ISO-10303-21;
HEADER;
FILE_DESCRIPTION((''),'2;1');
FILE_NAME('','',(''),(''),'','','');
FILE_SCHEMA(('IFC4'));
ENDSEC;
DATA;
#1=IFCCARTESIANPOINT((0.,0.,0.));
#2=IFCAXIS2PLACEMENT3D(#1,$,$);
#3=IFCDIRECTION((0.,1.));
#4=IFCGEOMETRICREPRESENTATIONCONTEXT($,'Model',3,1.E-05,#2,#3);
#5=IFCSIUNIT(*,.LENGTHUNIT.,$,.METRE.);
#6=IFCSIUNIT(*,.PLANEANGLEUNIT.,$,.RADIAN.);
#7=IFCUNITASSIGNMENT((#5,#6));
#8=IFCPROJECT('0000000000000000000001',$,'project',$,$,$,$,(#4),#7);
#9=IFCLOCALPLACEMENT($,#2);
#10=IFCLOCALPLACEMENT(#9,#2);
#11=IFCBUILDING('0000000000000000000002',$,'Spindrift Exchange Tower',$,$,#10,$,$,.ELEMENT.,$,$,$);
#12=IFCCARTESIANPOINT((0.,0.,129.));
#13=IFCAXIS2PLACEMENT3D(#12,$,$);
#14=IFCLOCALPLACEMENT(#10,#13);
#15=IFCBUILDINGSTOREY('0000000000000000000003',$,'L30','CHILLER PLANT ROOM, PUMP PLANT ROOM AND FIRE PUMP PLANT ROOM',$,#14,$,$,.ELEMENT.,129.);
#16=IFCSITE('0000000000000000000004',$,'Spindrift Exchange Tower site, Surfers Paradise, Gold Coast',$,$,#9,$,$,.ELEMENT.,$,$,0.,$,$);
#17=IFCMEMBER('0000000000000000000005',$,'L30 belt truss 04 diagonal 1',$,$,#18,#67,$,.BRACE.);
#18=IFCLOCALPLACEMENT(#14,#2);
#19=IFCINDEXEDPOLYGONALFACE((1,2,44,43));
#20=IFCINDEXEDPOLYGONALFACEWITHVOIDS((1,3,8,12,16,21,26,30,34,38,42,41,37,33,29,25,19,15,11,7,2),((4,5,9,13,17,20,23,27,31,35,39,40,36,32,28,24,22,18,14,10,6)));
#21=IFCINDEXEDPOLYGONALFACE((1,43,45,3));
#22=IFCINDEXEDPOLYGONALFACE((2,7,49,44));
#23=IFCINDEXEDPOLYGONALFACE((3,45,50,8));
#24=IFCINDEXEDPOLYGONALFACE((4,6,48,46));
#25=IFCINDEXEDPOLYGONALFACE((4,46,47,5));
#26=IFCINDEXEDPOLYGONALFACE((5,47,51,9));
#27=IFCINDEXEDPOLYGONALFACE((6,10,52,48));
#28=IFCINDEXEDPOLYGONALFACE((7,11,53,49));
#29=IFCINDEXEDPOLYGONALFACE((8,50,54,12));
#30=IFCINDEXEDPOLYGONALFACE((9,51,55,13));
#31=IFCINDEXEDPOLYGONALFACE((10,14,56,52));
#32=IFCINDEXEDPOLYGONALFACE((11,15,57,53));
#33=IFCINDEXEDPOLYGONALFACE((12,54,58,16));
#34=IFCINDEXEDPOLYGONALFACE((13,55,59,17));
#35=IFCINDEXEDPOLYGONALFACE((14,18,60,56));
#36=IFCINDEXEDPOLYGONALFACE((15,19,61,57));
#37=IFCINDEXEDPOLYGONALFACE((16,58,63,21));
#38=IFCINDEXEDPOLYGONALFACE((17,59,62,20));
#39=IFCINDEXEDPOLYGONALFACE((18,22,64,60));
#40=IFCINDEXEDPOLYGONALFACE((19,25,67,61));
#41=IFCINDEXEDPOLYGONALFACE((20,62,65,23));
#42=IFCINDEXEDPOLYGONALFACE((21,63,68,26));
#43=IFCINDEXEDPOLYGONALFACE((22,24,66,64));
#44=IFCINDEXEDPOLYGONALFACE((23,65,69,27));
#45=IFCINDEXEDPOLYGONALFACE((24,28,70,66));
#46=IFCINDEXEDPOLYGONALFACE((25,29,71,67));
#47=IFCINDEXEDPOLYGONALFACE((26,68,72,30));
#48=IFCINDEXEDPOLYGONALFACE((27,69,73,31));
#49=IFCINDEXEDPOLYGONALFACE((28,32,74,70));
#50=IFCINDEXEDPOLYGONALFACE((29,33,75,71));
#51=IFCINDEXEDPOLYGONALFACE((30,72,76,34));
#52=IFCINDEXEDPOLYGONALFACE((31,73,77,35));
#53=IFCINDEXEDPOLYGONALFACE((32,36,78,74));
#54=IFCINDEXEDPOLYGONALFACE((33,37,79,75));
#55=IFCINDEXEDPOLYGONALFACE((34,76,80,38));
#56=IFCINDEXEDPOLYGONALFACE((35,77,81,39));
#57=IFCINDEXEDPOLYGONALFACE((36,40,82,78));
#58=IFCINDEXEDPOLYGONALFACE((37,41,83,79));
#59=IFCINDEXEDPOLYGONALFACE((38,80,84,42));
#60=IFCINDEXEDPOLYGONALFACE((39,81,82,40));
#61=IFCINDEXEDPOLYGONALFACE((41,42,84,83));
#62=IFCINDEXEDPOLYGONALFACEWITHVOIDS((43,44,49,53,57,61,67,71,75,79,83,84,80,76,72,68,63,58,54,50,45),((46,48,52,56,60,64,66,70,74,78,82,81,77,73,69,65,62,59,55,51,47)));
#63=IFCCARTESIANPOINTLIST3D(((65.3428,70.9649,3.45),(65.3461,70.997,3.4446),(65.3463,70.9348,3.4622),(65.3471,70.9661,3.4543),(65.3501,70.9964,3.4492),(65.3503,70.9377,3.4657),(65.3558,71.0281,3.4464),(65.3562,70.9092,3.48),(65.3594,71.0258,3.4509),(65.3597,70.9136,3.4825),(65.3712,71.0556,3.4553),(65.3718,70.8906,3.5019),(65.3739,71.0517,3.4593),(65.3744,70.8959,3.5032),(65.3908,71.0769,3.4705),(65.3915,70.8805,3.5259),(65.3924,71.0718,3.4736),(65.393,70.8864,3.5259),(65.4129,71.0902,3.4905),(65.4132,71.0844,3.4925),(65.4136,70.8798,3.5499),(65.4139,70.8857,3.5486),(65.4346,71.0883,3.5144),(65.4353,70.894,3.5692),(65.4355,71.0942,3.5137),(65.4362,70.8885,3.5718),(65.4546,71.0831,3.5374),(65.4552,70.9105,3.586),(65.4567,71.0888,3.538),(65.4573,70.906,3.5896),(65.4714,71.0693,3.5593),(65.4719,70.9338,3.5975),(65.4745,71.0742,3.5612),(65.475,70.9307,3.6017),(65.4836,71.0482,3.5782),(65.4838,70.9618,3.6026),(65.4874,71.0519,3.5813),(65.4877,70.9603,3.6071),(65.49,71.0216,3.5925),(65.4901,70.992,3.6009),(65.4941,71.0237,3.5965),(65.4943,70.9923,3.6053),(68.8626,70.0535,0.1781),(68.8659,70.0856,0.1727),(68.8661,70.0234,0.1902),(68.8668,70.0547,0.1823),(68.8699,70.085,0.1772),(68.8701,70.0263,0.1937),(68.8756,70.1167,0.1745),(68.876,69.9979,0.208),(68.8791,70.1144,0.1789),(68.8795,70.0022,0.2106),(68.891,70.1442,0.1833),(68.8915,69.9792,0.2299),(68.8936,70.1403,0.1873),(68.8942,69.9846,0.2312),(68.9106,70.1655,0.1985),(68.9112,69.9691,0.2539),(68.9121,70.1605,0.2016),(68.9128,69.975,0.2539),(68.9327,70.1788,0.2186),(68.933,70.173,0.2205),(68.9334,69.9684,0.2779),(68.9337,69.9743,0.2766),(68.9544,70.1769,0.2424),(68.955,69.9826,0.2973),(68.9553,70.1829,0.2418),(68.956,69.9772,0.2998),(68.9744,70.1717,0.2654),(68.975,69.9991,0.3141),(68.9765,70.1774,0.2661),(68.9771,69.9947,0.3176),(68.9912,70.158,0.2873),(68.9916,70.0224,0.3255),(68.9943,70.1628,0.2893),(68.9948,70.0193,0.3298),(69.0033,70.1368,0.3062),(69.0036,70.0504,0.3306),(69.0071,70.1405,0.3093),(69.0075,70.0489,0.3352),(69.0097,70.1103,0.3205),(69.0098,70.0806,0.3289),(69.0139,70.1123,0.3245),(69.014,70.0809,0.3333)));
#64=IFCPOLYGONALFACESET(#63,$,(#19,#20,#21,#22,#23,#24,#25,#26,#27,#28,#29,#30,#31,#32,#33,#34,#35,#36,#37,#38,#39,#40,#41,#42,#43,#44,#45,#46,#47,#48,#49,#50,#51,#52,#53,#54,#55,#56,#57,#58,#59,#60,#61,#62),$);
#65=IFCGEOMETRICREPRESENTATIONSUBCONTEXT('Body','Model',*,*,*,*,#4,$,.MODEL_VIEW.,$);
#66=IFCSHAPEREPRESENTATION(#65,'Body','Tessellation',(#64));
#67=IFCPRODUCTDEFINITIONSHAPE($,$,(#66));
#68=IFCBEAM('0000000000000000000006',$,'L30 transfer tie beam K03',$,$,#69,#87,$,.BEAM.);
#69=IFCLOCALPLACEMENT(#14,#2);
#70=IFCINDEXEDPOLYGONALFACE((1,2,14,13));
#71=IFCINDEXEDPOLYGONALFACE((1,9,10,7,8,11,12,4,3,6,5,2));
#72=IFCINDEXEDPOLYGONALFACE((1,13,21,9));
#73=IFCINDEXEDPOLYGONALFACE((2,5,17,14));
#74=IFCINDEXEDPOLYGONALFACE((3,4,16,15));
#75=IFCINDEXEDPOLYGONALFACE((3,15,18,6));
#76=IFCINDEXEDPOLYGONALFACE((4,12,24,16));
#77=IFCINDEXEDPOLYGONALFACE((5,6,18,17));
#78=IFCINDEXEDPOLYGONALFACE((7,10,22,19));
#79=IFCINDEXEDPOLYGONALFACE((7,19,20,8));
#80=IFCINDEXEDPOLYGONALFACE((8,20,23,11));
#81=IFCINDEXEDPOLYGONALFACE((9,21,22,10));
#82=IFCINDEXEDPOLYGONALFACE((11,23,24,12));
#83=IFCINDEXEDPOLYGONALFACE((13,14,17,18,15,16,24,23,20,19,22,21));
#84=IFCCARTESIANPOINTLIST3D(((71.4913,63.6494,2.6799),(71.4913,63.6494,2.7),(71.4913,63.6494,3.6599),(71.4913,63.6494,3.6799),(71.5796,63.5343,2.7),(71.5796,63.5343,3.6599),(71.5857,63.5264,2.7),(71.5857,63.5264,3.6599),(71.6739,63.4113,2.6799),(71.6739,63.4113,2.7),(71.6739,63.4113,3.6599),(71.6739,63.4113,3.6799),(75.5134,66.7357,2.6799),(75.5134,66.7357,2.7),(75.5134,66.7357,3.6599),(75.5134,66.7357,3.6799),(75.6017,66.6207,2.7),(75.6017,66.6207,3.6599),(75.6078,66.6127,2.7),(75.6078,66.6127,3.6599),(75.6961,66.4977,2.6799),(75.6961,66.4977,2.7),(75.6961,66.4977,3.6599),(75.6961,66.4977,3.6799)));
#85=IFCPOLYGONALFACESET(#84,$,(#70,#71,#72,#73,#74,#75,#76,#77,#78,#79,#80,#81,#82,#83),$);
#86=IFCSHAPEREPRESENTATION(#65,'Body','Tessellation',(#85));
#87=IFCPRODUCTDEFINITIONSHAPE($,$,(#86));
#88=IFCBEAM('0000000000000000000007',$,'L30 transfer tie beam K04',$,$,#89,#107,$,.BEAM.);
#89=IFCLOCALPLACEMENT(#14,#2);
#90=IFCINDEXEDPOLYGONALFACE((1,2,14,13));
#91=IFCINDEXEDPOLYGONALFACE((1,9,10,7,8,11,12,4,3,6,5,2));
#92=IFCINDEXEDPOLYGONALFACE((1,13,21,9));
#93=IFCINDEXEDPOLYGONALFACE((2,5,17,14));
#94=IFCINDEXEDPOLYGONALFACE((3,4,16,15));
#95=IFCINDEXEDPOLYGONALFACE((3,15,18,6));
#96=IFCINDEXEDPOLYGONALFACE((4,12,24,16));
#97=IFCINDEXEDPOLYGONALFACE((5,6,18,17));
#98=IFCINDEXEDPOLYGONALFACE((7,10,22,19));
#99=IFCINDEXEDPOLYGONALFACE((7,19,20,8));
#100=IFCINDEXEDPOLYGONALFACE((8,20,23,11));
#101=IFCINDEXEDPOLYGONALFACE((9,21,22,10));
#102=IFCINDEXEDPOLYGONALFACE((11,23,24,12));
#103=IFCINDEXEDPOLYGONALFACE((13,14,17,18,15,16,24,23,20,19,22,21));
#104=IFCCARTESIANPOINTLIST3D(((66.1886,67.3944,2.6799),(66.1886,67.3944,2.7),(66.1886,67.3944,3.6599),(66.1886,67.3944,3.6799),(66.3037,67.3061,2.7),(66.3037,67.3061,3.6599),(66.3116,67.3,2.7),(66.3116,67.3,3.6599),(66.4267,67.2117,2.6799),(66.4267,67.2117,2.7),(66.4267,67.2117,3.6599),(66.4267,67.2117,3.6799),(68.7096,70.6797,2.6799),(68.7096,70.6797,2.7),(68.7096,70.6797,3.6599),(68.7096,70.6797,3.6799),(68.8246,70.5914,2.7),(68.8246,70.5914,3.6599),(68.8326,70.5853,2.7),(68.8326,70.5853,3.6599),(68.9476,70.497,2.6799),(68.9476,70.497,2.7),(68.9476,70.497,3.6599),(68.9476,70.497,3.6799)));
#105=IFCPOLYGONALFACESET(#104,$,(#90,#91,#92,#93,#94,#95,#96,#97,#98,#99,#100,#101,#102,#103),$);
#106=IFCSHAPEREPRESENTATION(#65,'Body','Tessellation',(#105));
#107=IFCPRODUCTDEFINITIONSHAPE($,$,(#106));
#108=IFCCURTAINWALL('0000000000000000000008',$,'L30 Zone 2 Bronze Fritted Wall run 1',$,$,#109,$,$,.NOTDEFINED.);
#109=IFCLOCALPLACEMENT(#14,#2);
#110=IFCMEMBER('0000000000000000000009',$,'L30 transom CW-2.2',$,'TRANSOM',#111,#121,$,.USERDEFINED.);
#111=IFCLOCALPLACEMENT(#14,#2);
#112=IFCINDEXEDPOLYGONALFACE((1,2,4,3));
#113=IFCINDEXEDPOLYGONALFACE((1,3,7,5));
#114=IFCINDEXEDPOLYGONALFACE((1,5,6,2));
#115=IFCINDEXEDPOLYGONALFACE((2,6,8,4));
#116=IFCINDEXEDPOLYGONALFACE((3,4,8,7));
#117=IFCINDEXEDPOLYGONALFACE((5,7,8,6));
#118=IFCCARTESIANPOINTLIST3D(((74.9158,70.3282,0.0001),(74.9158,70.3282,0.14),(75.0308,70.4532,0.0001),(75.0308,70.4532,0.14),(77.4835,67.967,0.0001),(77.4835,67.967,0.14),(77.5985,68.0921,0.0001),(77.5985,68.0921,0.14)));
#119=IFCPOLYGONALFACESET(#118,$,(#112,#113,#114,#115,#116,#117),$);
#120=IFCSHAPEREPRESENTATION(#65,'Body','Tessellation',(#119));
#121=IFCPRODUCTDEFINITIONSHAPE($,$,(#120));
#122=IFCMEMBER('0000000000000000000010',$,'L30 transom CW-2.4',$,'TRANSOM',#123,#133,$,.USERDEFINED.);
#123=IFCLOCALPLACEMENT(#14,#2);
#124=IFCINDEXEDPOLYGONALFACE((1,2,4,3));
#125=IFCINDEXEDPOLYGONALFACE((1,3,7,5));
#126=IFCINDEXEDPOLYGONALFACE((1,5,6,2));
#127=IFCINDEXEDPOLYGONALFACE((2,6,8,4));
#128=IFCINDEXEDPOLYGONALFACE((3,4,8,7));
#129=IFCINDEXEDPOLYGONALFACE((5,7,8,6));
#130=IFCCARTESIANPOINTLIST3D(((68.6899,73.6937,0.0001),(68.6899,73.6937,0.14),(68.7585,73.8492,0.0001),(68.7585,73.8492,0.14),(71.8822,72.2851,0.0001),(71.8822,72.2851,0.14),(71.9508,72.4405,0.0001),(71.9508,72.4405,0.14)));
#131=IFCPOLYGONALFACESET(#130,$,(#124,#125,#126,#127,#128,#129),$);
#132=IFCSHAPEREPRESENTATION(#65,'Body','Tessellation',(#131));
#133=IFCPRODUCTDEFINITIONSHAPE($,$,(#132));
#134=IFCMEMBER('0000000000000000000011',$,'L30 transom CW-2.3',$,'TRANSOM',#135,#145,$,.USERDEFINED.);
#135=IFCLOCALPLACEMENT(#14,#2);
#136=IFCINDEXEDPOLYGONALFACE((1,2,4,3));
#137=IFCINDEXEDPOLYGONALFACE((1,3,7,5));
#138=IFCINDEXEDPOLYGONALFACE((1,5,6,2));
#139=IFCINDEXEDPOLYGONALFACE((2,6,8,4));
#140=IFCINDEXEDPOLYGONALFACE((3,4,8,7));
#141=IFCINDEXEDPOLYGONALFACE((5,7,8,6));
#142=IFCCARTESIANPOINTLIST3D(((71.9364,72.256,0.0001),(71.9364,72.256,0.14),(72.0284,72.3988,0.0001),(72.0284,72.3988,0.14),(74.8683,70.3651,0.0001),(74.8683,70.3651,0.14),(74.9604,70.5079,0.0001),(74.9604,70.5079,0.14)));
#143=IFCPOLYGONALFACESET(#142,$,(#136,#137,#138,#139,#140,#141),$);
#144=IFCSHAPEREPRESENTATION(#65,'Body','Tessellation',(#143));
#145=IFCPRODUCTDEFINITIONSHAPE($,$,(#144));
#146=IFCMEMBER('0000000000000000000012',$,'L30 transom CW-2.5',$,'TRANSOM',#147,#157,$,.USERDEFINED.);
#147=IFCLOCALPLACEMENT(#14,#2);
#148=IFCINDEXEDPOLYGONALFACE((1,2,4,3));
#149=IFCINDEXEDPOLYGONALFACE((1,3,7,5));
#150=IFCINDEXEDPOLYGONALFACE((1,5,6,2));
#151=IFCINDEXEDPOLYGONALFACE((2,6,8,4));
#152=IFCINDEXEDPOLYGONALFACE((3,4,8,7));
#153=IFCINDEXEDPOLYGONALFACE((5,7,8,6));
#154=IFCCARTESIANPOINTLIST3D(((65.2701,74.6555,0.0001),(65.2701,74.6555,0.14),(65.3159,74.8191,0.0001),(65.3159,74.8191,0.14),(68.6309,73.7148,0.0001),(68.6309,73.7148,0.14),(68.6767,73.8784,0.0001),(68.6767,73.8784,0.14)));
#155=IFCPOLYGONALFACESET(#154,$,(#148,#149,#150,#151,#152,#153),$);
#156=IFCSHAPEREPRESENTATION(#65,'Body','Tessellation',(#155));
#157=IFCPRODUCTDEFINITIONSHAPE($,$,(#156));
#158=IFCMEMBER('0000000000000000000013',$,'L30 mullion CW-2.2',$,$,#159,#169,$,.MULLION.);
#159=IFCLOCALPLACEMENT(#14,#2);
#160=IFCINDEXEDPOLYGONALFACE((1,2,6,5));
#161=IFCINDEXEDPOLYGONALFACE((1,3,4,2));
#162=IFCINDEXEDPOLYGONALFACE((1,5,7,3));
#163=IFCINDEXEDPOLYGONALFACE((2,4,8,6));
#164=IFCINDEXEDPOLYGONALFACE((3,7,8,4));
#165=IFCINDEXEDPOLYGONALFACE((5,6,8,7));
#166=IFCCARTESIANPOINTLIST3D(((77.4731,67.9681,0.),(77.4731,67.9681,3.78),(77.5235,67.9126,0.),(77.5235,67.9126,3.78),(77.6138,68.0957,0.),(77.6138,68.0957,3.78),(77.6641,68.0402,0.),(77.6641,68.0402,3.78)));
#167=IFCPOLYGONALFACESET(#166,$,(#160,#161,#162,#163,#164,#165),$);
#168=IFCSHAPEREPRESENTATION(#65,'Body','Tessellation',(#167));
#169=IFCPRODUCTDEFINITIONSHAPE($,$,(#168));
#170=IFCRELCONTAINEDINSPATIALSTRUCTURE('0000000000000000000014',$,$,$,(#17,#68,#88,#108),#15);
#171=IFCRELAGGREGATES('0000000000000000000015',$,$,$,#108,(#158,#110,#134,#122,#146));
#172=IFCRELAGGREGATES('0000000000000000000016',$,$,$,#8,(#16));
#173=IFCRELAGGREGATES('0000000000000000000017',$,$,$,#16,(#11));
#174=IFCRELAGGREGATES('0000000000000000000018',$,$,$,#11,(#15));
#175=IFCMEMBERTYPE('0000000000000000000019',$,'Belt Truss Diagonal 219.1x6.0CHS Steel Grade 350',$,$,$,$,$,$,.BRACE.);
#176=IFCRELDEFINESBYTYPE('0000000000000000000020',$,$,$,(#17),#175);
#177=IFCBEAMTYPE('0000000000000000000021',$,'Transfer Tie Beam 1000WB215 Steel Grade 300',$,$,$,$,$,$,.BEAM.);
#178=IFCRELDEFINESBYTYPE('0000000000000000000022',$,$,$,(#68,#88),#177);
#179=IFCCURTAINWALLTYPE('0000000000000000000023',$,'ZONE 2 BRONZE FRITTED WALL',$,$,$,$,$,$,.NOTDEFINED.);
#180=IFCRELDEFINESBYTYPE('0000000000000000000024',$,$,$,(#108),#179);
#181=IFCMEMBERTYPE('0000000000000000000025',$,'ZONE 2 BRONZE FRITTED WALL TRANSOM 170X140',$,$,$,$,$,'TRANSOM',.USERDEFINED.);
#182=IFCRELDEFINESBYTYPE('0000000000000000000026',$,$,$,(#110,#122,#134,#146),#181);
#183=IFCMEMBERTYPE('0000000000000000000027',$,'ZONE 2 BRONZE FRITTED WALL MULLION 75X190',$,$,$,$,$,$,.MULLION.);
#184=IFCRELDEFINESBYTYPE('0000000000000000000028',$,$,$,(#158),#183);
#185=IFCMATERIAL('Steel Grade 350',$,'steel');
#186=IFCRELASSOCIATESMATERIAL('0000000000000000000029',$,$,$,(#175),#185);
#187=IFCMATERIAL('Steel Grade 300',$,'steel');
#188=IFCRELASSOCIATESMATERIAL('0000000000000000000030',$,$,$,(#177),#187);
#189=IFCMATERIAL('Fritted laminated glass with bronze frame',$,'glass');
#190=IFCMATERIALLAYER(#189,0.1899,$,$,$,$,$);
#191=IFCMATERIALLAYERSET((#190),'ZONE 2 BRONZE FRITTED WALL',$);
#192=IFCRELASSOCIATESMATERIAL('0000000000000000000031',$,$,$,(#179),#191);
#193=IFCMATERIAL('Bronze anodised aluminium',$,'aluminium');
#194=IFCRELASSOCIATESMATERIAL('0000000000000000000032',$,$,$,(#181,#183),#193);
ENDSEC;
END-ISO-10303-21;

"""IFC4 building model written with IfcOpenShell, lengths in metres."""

from ifc_helpers import new_model, si_unit, direction, frame, origin, origin_2d, place, context, subcontext, project, spatial, rectangle, hollow_circle, i_section, extrude, source, transform, mapped, material, layer, layer_set, material_profile, profile_set, type_object, element, aggregate, save


model = new_model("IFC4")

# Units and contexts
model_context = context("Model", 3, precision=1e-05, world=origin(), true_north=direction((0.0, 1.0)))
body_context = subcontext(model_context, "Body", "Model", "MODEL_VIEW")
ifc_project = project(units=[si_unit("LENGTHUNIT", "METRE"), si_unit("PLANEANGLEUNIT", "RADIAN")], contexts=[model_context])

# Site, building, storey
site_placement = place(None, origin())
site = spatial("IfcSite", under=ifc_project, at=site_placement, Name="Spindrift Exchange Tower site, Surfers Paradise, Gold Coast", CompositionType="ELEMENT", RefElevation=0.0)
building_placement = place(site_placement, origin())
building = spatial("IfcBuilding", under=site, at=building_placement, Name="Spindrift Exchange Tower", CompositionType="ELEMENT")
storey_placement = place(building_placement, frame((0.0, 0.0, 129.0)))
storey = spatial("IfcBuildingStorey", under=building, at=storey_placement, Name="L30", Description="CHILLER PLANT ROOM, PUMP PLANT ROOM AND FIRE PUMP PLANT ROOM", CompositionType="ELEMENT", Elevation=129.0)

# Shared definitions
ifc_material_1 = material(Name="Steel Grade 300", Category="steel")

# Member
ifc_material_2 = material(Name="Steel Grade 350", Category="steel")
ifc_material_profile_1 = material_profile(ifc_material_2, hollow_circle(Radius=0.1096, WallThickness=0.0061, at=origin_2d()), Name="219.1x6.0CHS")
ifc_profile_set_1 = profile_set([ifc_material_profile_1], Name="Steel Grade 350")
member_type_1 = type_object("IfcMemberType", Name="Belt Truss Diagonal 219.1x6.0CHS Steel Grade 350", PredefinedType="BRACE", material=ifc_profile_set_1)
shared_shape_1 = source(origin(), body_context, "Body", "SweptSolid", [
    extrude(hollow_circle(Radius=0.1096, WallThickness=0.0061, at=origin_2d()), origin(), (0.0, 0.0, 1.0), 4.8914),
])
member_1_placement = place(storey_placement, frame((68.9387, 70.0752, 0.2539), z_axis=(-0.719593, 0.186325, 0.668931), x_axis=(-0.250664, -0.968074, 0.0)))
element("IfcMember", 1, at=member_1_placement, inside=storey, type_object=member_type_1, Name="L30 belt truss 04 diagonal 1", PredefinedType="BRACE", context=body_context, shape_type="MappedRepresentation", body=[
    mapped(shared_shape_1, transform((0.0, 0.0, 0.0), scale=1.0)),
])

# Beams
ifc_material_profile_2 = material_profile(ifc_material_1, i_section(OverallWidth=0.3, OverallDepth=1.0, WebThickness=0.01, FlangeThickness=0.02, at=origin_2d()), Name="1000WB215")
ifc_profile_set_2 = profile_set([ifc_material_profile_2], Name="Steel Grade 300")
beam_type_1 = type_object("IfcBeamType", Name="Transfer Tie Beam 1000WB215 Steel Grade 300", PredefinedType="BEAM", material=ifc_profile_set_2)
shared_shape_2 = source(origin(), body_context, "Body", "SweptSolid", [
    extrude(i_section(OverallWidth=0.3, OverallDepth=1.0, WebThickness=0.01, FlangeThickness=0.02, at=origin_2d()), origin(), (0.0, 0.0, 1.0), 5.0698),
])
beam_1_placement = place(storey_placement, frame((75.6047, 66.6167, 3.1799), z_axis=(-0.793347, -0.60877, 0.0), x_axis=(0.60877, -0.793347, 0.0)))
element("IfcBeam", 2, at=beam_1_placement, inside=storey, type_object=beam_type_1, Name="L30 transfer tie beam K03", PredefinedType="BEAM", context=body_context, shape_type="MappedRepresentation", body=[
    mapped(shared_shape_2, transform((0.0, 0.0, 0.0), scale=1.0)),
])
shared_shape_3 = source(origin(), body_context, "Body", "SweptSolid", [
    extrude(i_section(OverallWidth=0.3, OverallDepth=1.0, WebThickness=0.01, FlangeThickness=0.02, at=origin_2d()), origin(), (0.0, 0.0, 1.0), 4.1411),
])
beam_2_placement = place(storey_placement, frame((68.8286, 70.5884, 3.1799), z_axis=(-0.608764, -0.793351, 0.0), x_axis=(0.793351, -0.608764, 0.0)))
element("IfcBeam", 3, at=beam_2_placement, inside=storey, type_object=beam_type_1, Name="L30 transfer tie beam K04", PredefinedType="BEAM", context=body_context, shape_type="MappedRepresentation", body=[
    mapped(shared_shape_3, transform((0.0, 0.0, 0.0), scale=1.0)),
])

# Curtain wall, members
ifc_material_3 = material(Name="Fritted laminated glass with bronze frame", Category="glass")
ifc_layer_1 = layer(ifc_material_3, 0.1899)
ifc_layer_set_1 = layer_set([ifc_layer_1], Name="ZONE 2 BRONZE FRITTED WALL")
curtain_wall_type = type_object("IfcCurtainWallType", Name="ZONE 2 BRONZE FRITTED WALL", PredefinedType="NOTDEFINED", material=ifc_layer_set_1)
curtain_wall_placement = place(storey_placement, origin())
curtain_wall = element("IfcCurtainWall", 4, at=curtain_wall_placement, inside=storey, type_object=curtain_wall_type, Name="L30 Zone 2 Bronze Fritted Wall run 1", PredefinedType="NOTDEFINED")
ifc_material_4 = material(Name="Bronze anodised aluminium", Category="aluminium")
ifc_material_profile_3 = material_profile(ifc_material_4, rectangle(XDim=0.1699, YDim=0.1399, at=origin_2d()), Name="ZONE 2 BRONZE FRITTED WALL TRANSOM 170X140")
ifc_profile_set_3 = profile_set([ifc_material_profile_3], Name="Bronze anodised aluminium")
member_type_2 = type_object("IfcMemberType", Name="ZONE 2 BRONZE FRITTED WALL TRANSOM 170X140", ElementType="TRANSOM", PredefinedType="USERDEFINED", material=ifc_profile_set_3)
shared_shape_4 = source(origin(), body_context, "Body", "SweptSolid", [
    extrude(rectangle(XDim=0.1699, YDim=0.1399, at=origin_2d()), origin(), (0.0, 0.0, 1.0), 3.4883),
])
member_2_placement = place(storey_placement, frame((77.541, 68.0295, 0.0701), z_axis=(-0.736093, 0.676881, 0.0), x_axis=(-0.676881, -0.736093, 0.0)))
member_2 = element("IfcMember", 5, at=member_2_placement, type_object=member_type_2, Name="L30 transom CW-2.2", ObjectType="TRANSOM", PredefinedType="USERDEFINED", context=body_context, shape_type="MappedRepresentation", body=[
    mapped(shared_shape_4, transform((0.0, 0.0, 0.0), scale=1.0)),
])
shared_shape_5 = source(origin(), body_context, "Body", "SweptSolid", [
    extrude(rectangle(XDim=0.1699, YDim=0.1399, at=origin_2d()), origin(), (0.0, 0.0, 1.0), 3.4893),
])
member_3_placement = place(storey_placement, frame((71.9165, 72.3628, 0.0701), z_axis=(-0.914887, 0.403709, 0.0), x_axis=(-0.403709, -0.914887, 0.0)))
member_3 = element("IfcMember", 6, at=member_3_placement, type_object=member_type_2, Name="L30 transom CW-2.4", ObjectType="TRANSOM", PredefinedType="USERDEFINED", context=body_context, shape_type="MappedRepresentation", body=[
    mapped(shared_shape_5, transform((0.0, 0.0, 0.0), scale=1.0)),
])
shared_shape_6 = source(origin(), body_context, "Body", "SweptSolid", [
    extrude(rectangle(XDim=0.1699, YDim=0.1399, at=origin_2d()), origin(), (0.0, 0.0, 1.0), 3.4888),
])
member_4_placement = place(storey_placement, frame((74.9143, 70.4365, 0.0701), z_axis=(-0.840384, 0.541991, 0.0), x_axis=(-0.541991, -0.840384, 0.0)))
member_4 = element("IfcMember", 7, at=member_4_placement, type_object=member_type_2, Name="L30 transom CW-2.3", ObjectType="TRANSOM", PredefinedType="USERDEFINED", context=body_context, shape_type="MappedRepresentation", body=[
    mapped(shared_shape_6, transform((0.0, 0.0, 0.0), scale=1.0)),
])
shared_shape_7 = source(origin(), body_context, "Body", "SweptSolid", [
    extrude(rectangle(XDim=0.1699, YDim=0.1399, at=origin_2d()), origin(), (0.0, 0.0, 1.0), 3.49),
])
member_5_placement = place(storey_placement, frame((68.6538, 73.7966, 0.0701), z_axis=(-0.962991, 0.269534, 0.0), x_axis=(-0.269534, -0.962991, 0.0)))
member_5 = element("IfcMember", 8, at=member_5_placement, type_object=member_type_2, Name="L30 transom CW-2.5", ObjectType="TRANSOM", PredefinedType="USERDEFINED", context=body_context, shape_type="MappedRepresentation", body=[
    mapped(shared_shape_7, transform((0.0, 0.0, 0.0), scale=1.0)),
])
ifc_material_profile_4 = material_profile(ifc_material_4, rectangle(XDim=0.075, YDim=0.1899, at=origin_2d()), Name="ZONE 2 BRONZE FRITTED WALL MULLION 75X190")
ifc_profile_set_4 = profile_set([ifc_material_profile_4], Name="Bronze anodised aluminium")
member_type_3 = type_object("IfcMemberType", Name="ZONE 2 BRONZE FRITTED WALL MULLION 75X190", PredefinedType="MULLION", material=ifc_profile_set_4)
shared_shape_8 = source(origin(), body_context, "Body", "SweptSolid", [
    extrude(rectangle(XDim=0.075, YDim=0.1899, at=origin_2d()), origin(), (0.0, 0.0, 1.0), 3.78),
])
member_6_placement = place(storey_placement, frame((77.5686, 68.0042, 0.0), z_axis=(0.0, 0.0, 1.0), x_axis=(-0.671995, 0.740556, 0.0)))
member_6 = element("IfcMember", 9, at=member_6_placement, type_object=member_type_3, Name="L30 mullion CW-2.2", PredefinedType="MULLION", context=body_context, shape_type="MappedRepresentation", body=[
    mapped(shared_shape_8, transform((0.0, 0.0, 0.0), scale=1.0)),
])
aggregate(curtain_wall, [member_6, member_2, member_4, member_3, member_5])

save(model, "model.ifc")
